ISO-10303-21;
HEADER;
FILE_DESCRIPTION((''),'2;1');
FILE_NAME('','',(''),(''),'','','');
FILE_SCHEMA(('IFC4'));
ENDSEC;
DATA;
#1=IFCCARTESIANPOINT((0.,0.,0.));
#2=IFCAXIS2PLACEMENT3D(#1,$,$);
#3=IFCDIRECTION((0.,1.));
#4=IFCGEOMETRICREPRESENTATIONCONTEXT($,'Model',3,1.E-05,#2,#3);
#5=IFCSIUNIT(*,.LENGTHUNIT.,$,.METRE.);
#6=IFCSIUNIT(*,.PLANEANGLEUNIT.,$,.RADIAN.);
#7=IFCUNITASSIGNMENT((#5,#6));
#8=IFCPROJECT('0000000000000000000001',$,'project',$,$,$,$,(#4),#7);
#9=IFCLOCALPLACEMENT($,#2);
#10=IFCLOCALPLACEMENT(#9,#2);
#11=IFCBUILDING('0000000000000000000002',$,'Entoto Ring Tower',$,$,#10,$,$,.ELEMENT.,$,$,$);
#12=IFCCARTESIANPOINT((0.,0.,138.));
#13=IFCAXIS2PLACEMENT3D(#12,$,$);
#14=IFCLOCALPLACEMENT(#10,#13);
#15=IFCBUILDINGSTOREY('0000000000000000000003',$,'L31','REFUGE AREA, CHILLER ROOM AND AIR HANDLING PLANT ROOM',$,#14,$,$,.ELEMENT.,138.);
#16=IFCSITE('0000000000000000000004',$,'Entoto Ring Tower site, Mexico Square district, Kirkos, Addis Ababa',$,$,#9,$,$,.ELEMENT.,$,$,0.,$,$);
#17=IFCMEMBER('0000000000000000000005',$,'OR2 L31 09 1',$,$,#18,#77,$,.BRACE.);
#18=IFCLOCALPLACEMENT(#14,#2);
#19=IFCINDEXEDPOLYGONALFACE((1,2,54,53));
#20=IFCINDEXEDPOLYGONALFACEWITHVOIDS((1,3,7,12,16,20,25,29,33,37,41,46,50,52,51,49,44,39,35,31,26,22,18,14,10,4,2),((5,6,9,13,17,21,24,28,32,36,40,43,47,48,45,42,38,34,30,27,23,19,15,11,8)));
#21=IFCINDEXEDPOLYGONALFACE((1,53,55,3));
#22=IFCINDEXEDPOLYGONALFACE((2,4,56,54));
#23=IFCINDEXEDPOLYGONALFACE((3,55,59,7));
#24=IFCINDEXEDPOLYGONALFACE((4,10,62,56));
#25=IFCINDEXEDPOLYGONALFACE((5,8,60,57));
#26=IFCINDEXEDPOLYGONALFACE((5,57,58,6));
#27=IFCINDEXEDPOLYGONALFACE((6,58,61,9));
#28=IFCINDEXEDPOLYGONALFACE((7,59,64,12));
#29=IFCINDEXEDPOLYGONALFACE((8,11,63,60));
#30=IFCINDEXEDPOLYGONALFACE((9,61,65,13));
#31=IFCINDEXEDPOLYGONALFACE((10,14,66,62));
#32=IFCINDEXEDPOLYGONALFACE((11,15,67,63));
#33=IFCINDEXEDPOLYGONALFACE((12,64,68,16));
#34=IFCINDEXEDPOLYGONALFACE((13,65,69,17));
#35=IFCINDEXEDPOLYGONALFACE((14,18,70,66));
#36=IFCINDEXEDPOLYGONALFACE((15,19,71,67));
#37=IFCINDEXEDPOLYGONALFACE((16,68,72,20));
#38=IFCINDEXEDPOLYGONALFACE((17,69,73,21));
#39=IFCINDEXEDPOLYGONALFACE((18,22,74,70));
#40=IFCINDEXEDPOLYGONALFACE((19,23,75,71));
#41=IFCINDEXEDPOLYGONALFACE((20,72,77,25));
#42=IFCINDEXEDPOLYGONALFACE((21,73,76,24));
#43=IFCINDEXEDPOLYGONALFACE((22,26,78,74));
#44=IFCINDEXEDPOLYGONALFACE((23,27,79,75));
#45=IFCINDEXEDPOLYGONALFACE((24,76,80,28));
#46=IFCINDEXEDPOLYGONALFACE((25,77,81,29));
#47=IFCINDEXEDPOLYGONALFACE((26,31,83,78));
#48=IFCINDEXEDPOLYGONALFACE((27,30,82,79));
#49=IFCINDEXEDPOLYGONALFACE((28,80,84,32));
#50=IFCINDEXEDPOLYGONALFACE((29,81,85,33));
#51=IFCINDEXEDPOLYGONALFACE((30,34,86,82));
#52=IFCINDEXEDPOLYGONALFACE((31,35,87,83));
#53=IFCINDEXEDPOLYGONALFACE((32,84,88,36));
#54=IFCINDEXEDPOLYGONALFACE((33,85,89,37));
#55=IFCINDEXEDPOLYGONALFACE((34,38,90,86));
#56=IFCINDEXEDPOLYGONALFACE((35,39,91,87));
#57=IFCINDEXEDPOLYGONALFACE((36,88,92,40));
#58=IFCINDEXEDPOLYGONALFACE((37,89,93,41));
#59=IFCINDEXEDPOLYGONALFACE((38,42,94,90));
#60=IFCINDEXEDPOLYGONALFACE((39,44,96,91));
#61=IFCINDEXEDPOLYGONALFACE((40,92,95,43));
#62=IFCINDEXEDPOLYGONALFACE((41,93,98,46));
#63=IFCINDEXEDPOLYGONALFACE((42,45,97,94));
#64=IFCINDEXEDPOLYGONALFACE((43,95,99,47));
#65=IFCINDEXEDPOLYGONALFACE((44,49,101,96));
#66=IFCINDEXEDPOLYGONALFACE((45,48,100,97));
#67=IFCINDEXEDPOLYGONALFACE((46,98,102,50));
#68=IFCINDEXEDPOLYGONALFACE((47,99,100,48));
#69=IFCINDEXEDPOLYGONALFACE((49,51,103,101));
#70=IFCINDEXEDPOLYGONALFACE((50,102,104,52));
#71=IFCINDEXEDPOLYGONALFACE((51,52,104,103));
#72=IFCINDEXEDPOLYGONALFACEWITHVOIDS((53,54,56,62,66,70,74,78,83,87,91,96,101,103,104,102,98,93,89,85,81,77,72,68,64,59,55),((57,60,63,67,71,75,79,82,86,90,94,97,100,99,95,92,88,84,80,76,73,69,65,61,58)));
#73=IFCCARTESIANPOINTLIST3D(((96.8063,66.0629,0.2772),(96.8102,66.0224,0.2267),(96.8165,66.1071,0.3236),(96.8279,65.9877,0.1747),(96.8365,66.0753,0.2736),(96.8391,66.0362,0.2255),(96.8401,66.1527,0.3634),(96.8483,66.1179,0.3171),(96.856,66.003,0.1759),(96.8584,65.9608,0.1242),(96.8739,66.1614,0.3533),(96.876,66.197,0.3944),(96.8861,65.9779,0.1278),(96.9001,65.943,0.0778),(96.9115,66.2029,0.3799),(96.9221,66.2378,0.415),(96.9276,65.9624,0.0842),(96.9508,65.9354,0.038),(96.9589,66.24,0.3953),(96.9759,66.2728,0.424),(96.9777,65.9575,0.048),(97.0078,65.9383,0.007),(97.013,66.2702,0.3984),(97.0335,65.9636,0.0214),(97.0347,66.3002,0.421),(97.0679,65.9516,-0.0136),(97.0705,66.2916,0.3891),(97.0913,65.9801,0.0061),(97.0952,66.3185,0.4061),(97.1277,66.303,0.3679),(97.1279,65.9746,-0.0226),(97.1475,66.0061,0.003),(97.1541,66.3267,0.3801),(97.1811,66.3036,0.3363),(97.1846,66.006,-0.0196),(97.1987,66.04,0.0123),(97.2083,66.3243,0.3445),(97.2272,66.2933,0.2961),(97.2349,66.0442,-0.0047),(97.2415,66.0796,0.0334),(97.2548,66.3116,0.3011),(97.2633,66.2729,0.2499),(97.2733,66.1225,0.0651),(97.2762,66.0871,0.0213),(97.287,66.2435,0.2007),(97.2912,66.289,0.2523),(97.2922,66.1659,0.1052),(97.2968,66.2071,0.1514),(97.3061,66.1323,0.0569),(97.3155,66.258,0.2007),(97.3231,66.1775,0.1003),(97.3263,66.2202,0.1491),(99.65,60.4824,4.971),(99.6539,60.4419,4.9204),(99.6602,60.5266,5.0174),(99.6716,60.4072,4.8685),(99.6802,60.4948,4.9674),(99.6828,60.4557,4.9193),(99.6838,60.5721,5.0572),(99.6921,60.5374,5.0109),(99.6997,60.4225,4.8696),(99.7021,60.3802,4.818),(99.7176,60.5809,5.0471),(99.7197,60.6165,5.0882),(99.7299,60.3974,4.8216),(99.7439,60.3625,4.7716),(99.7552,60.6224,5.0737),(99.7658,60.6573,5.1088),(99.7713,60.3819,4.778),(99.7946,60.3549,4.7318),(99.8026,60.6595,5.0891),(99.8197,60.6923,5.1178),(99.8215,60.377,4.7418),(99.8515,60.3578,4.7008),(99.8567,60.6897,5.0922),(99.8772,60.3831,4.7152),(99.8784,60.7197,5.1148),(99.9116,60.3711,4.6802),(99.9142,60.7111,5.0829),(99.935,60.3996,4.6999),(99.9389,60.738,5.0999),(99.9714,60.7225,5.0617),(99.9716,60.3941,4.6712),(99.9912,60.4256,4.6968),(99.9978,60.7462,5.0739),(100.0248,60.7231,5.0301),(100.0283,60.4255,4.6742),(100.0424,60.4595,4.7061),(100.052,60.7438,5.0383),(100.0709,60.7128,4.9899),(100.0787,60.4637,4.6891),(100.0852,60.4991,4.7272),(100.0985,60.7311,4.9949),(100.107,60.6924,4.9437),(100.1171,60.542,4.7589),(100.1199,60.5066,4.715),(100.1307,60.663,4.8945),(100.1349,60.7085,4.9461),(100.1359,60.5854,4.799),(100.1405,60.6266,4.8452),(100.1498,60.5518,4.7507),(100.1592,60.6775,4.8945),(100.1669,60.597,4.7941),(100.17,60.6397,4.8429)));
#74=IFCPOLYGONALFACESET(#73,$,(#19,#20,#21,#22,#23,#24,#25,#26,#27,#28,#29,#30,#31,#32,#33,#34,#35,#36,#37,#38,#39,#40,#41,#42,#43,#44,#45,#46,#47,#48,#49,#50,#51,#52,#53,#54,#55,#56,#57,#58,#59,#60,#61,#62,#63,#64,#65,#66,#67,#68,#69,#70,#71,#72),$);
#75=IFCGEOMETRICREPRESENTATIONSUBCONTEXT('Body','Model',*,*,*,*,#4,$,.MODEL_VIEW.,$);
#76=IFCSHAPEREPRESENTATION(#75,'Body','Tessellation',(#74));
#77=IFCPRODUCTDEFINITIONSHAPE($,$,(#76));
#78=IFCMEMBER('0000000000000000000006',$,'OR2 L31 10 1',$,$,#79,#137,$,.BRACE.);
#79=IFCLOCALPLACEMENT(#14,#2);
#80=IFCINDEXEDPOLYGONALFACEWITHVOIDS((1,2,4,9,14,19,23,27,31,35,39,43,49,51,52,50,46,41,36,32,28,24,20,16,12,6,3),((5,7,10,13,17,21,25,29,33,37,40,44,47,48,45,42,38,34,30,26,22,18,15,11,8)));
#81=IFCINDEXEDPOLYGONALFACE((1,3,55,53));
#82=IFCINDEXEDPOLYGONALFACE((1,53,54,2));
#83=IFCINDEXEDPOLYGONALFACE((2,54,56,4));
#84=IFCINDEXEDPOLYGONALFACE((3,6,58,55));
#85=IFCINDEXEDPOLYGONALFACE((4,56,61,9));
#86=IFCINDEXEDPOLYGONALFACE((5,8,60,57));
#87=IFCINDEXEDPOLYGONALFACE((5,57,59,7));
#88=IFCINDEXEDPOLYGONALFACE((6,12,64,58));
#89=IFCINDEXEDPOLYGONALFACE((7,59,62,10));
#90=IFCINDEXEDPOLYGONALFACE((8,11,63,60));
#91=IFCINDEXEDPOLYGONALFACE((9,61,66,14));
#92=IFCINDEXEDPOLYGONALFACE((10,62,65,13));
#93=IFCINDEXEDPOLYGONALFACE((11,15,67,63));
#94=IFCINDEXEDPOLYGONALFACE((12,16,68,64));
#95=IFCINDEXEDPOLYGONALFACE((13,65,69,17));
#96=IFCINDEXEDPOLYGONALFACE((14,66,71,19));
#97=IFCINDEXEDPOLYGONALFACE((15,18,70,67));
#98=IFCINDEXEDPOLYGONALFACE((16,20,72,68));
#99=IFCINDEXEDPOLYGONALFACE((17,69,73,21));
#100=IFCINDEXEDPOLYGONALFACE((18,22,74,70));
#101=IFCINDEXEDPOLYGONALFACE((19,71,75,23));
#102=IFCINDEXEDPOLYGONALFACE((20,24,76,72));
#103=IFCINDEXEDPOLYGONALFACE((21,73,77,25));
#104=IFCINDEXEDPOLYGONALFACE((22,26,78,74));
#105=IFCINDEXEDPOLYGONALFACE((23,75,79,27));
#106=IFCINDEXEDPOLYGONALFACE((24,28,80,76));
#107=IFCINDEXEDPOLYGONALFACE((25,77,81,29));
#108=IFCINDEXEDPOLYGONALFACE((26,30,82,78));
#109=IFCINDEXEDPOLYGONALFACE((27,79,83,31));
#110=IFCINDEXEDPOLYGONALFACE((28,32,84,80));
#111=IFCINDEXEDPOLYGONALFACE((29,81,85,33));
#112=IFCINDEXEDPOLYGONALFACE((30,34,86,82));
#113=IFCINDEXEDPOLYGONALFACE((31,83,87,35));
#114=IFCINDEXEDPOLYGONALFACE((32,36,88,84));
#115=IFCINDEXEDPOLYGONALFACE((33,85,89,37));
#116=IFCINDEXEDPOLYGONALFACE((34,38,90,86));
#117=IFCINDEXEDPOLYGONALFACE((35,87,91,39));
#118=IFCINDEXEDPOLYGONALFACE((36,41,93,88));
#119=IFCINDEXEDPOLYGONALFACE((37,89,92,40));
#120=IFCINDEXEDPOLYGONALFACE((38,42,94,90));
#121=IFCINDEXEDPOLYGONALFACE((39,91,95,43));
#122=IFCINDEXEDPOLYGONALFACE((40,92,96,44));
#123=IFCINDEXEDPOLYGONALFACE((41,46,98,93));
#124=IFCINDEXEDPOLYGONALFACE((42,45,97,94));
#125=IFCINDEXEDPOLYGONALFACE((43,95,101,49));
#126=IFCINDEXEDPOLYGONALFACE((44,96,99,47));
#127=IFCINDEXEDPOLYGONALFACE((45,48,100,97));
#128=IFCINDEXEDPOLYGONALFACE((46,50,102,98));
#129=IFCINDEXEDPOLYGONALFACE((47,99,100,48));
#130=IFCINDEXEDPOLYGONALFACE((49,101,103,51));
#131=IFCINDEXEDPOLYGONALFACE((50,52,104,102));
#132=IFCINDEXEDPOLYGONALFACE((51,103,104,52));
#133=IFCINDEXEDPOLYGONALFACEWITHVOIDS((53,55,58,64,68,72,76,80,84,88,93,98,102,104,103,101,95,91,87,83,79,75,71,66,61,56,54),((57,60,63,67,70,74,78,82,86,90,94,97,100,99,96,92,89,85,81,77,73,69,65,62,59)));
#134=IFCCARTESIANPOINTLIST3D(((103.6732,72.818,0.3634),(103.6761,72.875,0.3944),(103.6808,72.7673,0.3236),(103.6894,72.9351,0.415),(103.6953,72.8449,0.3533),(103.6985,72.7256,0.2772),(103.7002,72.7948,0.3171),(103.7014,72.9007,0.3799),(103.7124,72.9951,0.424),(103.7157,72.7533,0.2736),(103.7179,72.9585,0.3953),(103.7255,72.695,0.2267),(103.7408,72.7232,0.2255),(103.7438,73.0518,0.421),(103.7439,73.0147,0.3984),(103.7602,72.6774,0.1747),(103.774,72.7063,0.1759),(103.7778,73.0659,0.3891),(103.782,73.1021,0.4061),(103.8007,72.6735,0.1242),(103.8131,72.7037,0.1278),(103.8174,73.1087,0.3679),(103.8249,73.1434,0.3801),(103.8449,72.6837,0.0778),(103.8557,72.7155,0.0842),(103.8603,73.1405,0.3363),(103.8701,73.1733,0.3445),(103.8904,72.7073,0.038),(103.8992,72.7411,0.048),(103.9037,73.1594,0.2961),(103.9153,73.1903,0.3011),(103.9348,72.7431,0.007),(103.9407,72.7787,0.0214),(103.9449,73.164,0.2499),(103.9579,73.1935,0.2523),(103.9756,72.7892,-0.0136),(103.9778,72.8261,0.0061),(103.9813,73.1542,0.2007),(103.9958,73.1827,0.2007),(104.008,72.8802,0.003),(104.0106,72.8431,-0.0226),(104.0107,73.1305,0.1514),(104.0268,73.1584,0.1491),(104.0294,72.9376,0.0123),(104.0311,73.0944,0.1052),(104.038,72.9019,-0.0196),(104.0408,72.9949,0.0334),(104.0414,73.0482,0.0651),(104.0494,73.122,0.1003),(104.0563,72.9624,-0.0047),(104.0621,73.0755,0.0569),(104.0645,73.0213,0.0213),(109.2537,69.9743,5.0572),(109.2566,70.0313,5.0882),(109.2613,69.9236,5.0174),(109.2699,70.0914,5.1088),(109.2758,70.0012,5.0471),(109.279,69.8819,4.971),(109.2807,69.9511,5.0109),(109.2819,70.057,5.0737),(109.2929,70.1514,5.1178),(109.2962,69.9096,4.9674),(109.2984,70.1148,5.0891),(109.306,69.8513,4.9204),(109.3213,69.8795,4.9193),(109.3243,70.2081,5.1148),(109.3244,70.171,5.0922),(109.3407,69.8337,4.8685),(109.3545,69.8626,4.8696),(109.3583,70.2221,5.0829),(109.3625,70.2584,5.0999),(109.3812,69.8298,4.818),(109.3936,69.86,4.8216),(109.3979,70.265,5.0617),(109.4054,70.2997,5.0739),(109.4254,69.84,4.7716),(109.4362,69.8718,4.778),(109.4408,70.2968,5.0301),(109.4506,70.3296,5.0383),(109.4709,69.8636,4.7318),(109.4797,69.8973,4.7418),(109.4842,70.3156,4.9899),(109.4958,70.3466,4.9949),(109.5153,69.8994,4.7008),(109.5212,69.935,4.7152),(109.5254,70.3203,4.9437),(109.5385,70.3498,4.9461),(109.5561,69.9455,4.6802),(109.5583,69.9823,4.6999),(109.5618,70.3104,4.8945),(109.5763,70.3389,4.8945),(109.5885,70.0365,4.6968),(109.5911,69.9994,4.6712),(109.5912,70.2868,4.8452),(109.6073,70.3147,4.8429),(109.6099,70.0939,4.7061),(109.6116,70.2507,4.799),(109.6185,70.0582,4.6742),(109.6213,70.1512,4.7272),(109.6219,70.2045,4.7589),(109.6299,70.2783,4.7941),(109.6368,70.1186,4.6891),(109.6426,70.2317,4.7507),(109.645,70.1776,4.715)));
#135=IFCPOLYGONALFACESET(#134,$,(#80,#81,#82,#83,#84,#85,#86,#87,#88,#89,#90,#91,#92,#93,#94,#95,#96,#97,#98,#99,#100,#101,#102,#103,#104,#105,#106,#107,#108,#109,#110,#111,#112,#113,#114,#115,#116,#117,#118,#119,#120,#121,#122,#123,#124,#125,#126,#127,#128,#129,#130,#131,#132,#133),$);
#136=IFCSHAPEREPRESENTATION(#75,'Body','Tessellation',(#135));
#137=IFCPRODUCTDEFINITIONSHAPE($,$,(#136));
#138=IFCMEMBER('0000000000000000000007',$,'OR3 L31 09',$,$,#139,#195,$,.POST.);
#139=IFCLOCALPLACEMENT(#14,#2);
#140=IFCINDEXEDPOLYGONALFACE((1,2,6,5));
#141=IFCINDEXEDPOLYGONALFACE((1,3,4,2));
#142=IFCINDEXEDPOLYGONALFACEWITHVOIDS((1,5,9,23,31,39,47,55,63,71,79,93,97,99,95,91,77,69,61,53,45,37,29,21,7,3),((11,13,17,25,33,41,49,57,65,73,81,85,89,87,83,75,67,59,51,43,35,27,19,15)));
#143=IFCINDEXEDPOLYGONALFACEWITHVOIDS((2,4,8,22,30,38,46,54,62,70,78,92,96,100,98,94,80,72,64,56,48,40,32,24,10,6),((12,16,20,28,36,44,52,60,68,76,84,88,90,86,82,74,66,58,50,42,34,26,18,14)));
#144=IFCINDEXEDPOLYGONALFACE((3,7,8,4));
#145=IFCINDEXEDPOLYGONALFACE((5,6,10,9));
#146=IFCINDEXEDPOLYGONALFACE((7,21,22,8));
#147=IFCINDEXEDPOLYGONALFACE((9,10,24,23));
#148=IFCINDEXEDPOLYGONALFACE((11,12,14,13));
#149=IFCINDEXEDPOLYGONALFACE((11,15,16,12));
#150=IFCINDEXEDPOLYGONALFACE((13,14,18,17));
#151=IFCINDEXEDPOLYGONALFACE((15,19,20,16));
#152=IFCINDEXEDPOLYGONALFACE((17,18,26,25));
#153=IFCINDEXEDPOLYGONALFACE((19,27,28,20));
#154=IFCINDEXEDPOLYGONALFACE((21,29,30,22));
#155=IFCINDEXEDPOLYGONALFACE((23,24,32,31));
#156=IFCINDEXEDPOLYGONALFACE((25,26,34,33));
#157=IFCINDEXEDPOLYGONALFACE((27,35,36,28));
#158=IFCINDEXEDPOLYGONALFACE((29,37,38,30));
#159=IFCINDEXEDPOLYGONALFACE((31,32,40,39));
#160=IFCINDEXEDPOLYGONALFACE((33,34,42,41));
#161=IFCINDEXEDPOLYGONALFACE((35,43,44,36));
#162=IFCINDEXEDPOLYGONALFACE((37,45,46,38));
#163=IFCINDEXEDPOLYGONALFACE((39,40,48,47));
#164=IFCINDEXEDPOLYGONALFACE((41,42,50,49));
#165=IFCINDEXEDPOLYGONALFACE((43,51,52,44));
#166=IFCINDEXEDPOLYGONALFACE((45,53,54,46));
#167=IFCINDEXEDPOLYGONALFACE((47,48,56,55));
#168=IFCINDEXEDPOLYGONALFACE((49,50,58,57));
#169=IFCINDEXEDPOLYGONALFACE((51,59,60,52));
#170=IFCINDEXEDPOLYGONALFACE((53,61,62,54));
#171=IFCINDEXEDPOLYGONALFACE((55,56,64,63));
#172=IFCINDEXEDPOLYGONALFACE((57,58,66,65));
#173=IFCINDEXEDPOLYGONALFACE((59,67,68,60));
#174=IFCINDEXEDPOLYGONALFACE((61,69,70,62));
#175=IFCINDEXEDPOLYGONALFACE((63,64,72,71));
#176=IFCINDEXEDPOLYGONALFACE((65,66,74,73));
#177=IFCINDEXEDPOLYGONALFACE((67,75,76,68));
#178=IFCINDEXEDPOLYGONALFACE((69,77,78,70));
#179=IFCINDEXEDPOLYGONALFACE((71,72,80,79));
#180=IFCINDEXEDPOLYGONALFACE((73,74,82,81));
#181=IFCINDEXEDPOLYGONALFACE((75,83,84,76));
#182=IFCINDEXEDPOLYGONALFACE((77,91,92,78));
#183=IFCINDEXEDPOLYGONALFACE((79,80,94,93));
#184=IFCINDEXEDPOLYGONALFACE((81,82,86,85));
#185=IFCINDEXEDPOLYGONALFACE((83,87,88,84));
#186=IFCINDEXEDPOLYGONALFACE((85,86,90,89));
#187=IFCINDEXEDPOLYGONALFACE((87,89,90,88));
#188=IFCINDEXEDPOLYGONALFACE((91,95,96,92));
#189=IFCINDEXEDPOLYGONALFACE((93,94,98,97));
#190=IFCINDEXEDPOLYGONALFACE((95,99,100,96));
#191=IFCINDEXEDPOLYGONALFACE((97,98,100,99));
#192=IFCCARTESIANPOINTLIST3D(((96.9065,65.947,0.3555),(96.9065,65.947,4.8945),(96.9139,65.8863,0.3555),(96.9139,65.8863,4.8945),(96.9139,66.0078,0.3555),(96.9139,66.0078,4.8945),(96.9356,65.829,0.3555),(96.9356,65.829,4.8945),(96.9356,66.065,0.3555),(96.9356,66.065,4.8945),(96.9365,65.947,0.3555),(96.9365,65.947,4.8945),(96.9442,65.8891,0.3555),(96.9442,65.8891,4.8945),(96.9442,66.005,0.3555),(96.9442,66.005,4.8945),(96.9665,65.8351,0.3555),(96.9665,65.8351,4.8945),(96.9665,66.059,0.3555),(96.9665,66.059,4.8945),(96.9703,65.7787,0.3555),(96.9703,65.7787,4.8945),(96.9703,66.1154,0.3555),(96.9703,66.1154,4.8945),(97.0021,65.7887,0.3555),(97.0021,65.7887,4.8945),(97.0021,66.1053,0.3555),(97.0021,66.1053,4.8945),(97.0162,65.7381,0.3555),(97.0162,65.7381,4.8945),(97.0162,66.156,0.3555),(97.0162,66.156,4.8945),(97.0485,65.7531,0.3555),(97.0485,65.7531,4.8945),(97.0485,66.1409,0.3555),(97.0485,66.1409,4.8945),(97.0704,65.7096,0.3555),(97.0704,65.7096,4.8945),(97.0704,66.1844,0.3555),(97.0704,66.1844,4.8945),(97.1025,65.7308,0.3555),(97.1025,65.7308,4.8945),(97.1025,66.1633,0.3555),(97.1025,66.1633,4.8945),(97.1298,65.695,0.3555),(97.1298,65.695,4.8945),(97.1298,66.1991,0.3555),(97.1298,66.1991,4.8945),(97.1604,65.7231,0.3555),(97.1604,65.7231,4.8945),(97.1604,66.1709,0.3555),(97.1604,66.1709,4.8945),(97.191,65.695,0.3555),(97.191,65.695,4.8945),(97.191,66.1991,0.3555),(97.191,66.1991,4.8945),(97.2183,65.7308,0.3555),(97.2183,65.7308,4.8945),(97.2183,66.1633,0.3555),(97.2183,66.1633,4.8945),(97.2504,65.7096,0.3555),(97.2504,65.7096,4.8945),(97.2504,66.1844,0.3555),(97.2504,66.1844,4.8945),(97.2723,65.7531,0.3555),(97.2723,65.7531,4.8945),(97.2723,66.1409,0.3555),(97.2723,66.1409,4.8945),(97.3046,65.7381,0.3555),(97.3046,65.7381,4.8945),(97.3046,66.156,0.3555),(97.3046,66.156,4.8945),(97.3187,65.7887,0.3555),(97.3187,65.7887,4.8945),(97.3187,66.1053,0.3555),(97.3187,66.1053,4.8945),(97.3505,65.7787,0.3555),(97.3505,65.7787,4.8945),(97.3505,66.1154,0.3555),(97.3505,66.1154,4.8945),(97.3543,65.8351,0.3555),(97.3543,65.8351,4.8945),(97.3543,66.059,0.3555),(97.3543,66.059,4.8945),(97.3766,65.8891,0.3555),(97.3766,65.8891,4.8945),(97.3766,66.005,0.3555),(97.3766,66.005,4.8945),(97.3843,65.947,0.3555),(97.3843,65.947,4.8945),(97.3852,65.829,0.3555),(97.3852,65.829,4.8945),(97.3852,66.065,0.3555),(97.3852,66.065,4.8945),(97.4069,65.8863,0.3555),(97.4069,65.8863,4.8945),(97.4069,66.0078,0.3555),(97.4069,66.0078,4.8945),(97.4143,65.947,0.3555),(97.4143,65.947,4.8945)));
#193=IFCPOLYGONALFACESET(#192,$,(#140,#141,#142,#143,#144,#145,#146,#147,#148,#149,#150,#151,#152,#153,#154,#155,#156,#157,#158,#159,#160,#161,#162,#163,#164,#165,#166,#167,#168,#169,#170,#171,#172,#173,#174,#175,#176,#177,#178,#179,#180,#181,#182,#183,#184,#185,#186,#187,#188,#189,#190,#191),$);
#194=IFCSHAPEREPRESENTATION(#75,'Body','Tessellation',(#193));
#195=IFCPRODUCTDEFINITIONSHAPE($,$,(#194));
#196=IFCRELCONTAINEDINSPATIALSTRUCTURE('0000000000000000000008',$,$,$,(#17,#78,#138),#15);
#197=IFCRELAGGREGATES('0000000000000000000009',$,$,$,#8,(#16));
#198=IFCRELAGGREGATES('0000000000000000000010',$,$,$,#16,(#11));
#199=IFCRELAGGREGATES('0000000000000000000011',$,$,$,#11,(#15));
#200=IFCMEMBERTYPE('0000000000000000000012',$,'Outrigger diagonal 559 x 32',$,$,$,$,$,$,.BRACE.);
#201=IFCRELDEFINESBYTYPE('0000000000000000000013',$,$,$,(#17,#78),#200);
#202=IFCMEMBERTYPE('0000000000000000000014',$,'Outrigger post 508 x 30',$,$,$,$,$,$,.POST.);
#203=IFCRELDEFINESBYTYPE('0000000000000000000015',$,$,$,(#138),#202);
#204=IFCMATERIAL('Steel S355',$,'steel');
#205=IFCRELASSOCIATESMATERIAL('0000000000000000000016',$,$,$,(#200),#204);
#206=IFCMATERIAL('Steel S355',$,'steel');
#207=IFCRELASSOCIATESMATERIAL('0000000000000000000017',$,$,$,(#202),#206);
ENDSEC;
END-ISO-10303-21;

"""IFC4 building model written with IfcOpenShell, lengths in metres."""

from ifc_helpers import new_model, si_unit, direction, frame, origin, origin_2d, place, context, subcontext, project, spatial, circle, hollow_circle, extrude, material, material_profile, profile_set, type_object, element, save


model = new_model("IFC4")

# Units and contexts
model_context = context("Model", 3, precision=1e-05, world=origin(), true_north=direction((0.0, 1.0)))
body_context = subcontext(model_context, "Body", "Model", "MODEL_VIEW")
ifc_project = project(units=[si_unit("LENGTHUNIT", "METRE"), si_unit("PLANEANGLEUNIT", "RADIAN")], contexts=[model_context])

# Site, building, storey
site_placement = place(None, origin())
site = spatial("IfcSite", under=ifc_project, at=site_placement, Name="Entoto Ring Tower site, Mexico Square district, Kirkos, Addis Ababa", CompositionType="ELEMENT", RefElevation=0.0)
building_placement = place(site_placement, origin())
building = spatial("IfcBuilding", under=site, at=building_placement, Name="Entoto Ring Tower", CompositionType="ELEMENT")
storey_placement = place(building_placement, frame((0.0, 0.0, 138.0)))
storey = spatial("IfcBuildingStorey", under=building, at=storey_placement, Name="L31", Description="REFUGE AREA, CHILLER ROOM AND AIR HANDLING PLANT ROOM", CompositionType="ELEMENT", Elevation=138.0)

# Members
ifc_material_1 = material(Name="Steel S355", Category="steel")
ifc_material_profile_1 = material_profile(ifc_material_1, hollow_circle(Radius=0.2795, WallThickness=0.032, at=origin_2d()), Name="CHS 559 x 32")
ifc_material_2 = material(Name="Concrete C60/75", Category="concrete")
ifc_material_profile_2 = material_profile(ifc_material_2, circle(Radius=0.2476, at=origin_2d()), Name="Concrete C60/75 infill")
ifc_profile_set_1 = profile_set([ifc_material_profile_1, ifc_material_profile_2], Name="Steel S355")
member_type_1 = type_object("IfcMemberType", Name="Outrigger diagonal 559 x 32", PredefinedType="BRACE", material=ifc_profile_set_1)
for number, where, z_axis, x_axis, name in (
    (1, (97.0664, 66.1311, 0.2007), (0.363326, -0.71299, 0.5997), (0.890987, 0.45403, 0.0), "OR2 L31 09 1"),
    (2, (103.8689, 72.9336, 0.2007), (0.71299, -0.363326, 0.5997), (0.45403, 0.890987, 0.0), "OR2 L31 10 1"),
):
    element("IfcMember", number, at=place(storey_placement, frame(where, z_axis=z_axis, x_axis=x_axis)), inside=storey, type_object=member_type_1, Name=name, PredefinedType="BRACE", context=body_context, shape_type="SweptSolid", body=[
        extrude(hollow_circle(Radius=0.2795, WallThickness=0.032, at=origin_2d()), origin(), (0.0, 0.0, 1.0), 7.8269),
    ])
ifc_material_3 = material(Name="Steel S355", Category="steel")
ifc_material_profile_3 = material_profile(ifc_material_3, hollow_circle(Radius=0.2539, WallThickness=0.03, at=origin_2d()), Name="CHS 508 x 30")
ifc_material_4 = material(Name="Concrete C60/75", Category="concrete")
ifc_material_profile_4 = material_profile(ifc_material_4, circle(Radius=0.2241, at=origin_2d()), Name="Concrete C60/75 infill")
ifc_profile_set_2 = profile_set([ifc_material_profile_3, ifc_material_profile_4], Name="Steel S355")
member_type_2 = type_object("IfcMemberType", Name="Outrigger post 508 x 30", PredefinedType="POST", material=ifc_profile_set_2)
for number, where, z_axis, x_axis, name in (
    (3, (97.1604, 65.947, 0.3555), (0.0, 0.0, 1.0), (1.0, 0.0, 0.0), "OR3 L31 09"),
):
    element("IfcMember", number, at=place(storey_placement, frame(where, z_axis=z_axis, x_axis=x_axis)), inside=storey, type_object=member_type_2, Name=name, PredefinedType="POST", context=body_context, shape_type="SweptSolid", body=[
        extrude(hollow_circle(Radius=0.2539, WallThickness=0.03, at=origin_2d()), origin(), (0.0, 0.0, 1.0), 4.5391),
    ])

save(model, "model.ifc")
